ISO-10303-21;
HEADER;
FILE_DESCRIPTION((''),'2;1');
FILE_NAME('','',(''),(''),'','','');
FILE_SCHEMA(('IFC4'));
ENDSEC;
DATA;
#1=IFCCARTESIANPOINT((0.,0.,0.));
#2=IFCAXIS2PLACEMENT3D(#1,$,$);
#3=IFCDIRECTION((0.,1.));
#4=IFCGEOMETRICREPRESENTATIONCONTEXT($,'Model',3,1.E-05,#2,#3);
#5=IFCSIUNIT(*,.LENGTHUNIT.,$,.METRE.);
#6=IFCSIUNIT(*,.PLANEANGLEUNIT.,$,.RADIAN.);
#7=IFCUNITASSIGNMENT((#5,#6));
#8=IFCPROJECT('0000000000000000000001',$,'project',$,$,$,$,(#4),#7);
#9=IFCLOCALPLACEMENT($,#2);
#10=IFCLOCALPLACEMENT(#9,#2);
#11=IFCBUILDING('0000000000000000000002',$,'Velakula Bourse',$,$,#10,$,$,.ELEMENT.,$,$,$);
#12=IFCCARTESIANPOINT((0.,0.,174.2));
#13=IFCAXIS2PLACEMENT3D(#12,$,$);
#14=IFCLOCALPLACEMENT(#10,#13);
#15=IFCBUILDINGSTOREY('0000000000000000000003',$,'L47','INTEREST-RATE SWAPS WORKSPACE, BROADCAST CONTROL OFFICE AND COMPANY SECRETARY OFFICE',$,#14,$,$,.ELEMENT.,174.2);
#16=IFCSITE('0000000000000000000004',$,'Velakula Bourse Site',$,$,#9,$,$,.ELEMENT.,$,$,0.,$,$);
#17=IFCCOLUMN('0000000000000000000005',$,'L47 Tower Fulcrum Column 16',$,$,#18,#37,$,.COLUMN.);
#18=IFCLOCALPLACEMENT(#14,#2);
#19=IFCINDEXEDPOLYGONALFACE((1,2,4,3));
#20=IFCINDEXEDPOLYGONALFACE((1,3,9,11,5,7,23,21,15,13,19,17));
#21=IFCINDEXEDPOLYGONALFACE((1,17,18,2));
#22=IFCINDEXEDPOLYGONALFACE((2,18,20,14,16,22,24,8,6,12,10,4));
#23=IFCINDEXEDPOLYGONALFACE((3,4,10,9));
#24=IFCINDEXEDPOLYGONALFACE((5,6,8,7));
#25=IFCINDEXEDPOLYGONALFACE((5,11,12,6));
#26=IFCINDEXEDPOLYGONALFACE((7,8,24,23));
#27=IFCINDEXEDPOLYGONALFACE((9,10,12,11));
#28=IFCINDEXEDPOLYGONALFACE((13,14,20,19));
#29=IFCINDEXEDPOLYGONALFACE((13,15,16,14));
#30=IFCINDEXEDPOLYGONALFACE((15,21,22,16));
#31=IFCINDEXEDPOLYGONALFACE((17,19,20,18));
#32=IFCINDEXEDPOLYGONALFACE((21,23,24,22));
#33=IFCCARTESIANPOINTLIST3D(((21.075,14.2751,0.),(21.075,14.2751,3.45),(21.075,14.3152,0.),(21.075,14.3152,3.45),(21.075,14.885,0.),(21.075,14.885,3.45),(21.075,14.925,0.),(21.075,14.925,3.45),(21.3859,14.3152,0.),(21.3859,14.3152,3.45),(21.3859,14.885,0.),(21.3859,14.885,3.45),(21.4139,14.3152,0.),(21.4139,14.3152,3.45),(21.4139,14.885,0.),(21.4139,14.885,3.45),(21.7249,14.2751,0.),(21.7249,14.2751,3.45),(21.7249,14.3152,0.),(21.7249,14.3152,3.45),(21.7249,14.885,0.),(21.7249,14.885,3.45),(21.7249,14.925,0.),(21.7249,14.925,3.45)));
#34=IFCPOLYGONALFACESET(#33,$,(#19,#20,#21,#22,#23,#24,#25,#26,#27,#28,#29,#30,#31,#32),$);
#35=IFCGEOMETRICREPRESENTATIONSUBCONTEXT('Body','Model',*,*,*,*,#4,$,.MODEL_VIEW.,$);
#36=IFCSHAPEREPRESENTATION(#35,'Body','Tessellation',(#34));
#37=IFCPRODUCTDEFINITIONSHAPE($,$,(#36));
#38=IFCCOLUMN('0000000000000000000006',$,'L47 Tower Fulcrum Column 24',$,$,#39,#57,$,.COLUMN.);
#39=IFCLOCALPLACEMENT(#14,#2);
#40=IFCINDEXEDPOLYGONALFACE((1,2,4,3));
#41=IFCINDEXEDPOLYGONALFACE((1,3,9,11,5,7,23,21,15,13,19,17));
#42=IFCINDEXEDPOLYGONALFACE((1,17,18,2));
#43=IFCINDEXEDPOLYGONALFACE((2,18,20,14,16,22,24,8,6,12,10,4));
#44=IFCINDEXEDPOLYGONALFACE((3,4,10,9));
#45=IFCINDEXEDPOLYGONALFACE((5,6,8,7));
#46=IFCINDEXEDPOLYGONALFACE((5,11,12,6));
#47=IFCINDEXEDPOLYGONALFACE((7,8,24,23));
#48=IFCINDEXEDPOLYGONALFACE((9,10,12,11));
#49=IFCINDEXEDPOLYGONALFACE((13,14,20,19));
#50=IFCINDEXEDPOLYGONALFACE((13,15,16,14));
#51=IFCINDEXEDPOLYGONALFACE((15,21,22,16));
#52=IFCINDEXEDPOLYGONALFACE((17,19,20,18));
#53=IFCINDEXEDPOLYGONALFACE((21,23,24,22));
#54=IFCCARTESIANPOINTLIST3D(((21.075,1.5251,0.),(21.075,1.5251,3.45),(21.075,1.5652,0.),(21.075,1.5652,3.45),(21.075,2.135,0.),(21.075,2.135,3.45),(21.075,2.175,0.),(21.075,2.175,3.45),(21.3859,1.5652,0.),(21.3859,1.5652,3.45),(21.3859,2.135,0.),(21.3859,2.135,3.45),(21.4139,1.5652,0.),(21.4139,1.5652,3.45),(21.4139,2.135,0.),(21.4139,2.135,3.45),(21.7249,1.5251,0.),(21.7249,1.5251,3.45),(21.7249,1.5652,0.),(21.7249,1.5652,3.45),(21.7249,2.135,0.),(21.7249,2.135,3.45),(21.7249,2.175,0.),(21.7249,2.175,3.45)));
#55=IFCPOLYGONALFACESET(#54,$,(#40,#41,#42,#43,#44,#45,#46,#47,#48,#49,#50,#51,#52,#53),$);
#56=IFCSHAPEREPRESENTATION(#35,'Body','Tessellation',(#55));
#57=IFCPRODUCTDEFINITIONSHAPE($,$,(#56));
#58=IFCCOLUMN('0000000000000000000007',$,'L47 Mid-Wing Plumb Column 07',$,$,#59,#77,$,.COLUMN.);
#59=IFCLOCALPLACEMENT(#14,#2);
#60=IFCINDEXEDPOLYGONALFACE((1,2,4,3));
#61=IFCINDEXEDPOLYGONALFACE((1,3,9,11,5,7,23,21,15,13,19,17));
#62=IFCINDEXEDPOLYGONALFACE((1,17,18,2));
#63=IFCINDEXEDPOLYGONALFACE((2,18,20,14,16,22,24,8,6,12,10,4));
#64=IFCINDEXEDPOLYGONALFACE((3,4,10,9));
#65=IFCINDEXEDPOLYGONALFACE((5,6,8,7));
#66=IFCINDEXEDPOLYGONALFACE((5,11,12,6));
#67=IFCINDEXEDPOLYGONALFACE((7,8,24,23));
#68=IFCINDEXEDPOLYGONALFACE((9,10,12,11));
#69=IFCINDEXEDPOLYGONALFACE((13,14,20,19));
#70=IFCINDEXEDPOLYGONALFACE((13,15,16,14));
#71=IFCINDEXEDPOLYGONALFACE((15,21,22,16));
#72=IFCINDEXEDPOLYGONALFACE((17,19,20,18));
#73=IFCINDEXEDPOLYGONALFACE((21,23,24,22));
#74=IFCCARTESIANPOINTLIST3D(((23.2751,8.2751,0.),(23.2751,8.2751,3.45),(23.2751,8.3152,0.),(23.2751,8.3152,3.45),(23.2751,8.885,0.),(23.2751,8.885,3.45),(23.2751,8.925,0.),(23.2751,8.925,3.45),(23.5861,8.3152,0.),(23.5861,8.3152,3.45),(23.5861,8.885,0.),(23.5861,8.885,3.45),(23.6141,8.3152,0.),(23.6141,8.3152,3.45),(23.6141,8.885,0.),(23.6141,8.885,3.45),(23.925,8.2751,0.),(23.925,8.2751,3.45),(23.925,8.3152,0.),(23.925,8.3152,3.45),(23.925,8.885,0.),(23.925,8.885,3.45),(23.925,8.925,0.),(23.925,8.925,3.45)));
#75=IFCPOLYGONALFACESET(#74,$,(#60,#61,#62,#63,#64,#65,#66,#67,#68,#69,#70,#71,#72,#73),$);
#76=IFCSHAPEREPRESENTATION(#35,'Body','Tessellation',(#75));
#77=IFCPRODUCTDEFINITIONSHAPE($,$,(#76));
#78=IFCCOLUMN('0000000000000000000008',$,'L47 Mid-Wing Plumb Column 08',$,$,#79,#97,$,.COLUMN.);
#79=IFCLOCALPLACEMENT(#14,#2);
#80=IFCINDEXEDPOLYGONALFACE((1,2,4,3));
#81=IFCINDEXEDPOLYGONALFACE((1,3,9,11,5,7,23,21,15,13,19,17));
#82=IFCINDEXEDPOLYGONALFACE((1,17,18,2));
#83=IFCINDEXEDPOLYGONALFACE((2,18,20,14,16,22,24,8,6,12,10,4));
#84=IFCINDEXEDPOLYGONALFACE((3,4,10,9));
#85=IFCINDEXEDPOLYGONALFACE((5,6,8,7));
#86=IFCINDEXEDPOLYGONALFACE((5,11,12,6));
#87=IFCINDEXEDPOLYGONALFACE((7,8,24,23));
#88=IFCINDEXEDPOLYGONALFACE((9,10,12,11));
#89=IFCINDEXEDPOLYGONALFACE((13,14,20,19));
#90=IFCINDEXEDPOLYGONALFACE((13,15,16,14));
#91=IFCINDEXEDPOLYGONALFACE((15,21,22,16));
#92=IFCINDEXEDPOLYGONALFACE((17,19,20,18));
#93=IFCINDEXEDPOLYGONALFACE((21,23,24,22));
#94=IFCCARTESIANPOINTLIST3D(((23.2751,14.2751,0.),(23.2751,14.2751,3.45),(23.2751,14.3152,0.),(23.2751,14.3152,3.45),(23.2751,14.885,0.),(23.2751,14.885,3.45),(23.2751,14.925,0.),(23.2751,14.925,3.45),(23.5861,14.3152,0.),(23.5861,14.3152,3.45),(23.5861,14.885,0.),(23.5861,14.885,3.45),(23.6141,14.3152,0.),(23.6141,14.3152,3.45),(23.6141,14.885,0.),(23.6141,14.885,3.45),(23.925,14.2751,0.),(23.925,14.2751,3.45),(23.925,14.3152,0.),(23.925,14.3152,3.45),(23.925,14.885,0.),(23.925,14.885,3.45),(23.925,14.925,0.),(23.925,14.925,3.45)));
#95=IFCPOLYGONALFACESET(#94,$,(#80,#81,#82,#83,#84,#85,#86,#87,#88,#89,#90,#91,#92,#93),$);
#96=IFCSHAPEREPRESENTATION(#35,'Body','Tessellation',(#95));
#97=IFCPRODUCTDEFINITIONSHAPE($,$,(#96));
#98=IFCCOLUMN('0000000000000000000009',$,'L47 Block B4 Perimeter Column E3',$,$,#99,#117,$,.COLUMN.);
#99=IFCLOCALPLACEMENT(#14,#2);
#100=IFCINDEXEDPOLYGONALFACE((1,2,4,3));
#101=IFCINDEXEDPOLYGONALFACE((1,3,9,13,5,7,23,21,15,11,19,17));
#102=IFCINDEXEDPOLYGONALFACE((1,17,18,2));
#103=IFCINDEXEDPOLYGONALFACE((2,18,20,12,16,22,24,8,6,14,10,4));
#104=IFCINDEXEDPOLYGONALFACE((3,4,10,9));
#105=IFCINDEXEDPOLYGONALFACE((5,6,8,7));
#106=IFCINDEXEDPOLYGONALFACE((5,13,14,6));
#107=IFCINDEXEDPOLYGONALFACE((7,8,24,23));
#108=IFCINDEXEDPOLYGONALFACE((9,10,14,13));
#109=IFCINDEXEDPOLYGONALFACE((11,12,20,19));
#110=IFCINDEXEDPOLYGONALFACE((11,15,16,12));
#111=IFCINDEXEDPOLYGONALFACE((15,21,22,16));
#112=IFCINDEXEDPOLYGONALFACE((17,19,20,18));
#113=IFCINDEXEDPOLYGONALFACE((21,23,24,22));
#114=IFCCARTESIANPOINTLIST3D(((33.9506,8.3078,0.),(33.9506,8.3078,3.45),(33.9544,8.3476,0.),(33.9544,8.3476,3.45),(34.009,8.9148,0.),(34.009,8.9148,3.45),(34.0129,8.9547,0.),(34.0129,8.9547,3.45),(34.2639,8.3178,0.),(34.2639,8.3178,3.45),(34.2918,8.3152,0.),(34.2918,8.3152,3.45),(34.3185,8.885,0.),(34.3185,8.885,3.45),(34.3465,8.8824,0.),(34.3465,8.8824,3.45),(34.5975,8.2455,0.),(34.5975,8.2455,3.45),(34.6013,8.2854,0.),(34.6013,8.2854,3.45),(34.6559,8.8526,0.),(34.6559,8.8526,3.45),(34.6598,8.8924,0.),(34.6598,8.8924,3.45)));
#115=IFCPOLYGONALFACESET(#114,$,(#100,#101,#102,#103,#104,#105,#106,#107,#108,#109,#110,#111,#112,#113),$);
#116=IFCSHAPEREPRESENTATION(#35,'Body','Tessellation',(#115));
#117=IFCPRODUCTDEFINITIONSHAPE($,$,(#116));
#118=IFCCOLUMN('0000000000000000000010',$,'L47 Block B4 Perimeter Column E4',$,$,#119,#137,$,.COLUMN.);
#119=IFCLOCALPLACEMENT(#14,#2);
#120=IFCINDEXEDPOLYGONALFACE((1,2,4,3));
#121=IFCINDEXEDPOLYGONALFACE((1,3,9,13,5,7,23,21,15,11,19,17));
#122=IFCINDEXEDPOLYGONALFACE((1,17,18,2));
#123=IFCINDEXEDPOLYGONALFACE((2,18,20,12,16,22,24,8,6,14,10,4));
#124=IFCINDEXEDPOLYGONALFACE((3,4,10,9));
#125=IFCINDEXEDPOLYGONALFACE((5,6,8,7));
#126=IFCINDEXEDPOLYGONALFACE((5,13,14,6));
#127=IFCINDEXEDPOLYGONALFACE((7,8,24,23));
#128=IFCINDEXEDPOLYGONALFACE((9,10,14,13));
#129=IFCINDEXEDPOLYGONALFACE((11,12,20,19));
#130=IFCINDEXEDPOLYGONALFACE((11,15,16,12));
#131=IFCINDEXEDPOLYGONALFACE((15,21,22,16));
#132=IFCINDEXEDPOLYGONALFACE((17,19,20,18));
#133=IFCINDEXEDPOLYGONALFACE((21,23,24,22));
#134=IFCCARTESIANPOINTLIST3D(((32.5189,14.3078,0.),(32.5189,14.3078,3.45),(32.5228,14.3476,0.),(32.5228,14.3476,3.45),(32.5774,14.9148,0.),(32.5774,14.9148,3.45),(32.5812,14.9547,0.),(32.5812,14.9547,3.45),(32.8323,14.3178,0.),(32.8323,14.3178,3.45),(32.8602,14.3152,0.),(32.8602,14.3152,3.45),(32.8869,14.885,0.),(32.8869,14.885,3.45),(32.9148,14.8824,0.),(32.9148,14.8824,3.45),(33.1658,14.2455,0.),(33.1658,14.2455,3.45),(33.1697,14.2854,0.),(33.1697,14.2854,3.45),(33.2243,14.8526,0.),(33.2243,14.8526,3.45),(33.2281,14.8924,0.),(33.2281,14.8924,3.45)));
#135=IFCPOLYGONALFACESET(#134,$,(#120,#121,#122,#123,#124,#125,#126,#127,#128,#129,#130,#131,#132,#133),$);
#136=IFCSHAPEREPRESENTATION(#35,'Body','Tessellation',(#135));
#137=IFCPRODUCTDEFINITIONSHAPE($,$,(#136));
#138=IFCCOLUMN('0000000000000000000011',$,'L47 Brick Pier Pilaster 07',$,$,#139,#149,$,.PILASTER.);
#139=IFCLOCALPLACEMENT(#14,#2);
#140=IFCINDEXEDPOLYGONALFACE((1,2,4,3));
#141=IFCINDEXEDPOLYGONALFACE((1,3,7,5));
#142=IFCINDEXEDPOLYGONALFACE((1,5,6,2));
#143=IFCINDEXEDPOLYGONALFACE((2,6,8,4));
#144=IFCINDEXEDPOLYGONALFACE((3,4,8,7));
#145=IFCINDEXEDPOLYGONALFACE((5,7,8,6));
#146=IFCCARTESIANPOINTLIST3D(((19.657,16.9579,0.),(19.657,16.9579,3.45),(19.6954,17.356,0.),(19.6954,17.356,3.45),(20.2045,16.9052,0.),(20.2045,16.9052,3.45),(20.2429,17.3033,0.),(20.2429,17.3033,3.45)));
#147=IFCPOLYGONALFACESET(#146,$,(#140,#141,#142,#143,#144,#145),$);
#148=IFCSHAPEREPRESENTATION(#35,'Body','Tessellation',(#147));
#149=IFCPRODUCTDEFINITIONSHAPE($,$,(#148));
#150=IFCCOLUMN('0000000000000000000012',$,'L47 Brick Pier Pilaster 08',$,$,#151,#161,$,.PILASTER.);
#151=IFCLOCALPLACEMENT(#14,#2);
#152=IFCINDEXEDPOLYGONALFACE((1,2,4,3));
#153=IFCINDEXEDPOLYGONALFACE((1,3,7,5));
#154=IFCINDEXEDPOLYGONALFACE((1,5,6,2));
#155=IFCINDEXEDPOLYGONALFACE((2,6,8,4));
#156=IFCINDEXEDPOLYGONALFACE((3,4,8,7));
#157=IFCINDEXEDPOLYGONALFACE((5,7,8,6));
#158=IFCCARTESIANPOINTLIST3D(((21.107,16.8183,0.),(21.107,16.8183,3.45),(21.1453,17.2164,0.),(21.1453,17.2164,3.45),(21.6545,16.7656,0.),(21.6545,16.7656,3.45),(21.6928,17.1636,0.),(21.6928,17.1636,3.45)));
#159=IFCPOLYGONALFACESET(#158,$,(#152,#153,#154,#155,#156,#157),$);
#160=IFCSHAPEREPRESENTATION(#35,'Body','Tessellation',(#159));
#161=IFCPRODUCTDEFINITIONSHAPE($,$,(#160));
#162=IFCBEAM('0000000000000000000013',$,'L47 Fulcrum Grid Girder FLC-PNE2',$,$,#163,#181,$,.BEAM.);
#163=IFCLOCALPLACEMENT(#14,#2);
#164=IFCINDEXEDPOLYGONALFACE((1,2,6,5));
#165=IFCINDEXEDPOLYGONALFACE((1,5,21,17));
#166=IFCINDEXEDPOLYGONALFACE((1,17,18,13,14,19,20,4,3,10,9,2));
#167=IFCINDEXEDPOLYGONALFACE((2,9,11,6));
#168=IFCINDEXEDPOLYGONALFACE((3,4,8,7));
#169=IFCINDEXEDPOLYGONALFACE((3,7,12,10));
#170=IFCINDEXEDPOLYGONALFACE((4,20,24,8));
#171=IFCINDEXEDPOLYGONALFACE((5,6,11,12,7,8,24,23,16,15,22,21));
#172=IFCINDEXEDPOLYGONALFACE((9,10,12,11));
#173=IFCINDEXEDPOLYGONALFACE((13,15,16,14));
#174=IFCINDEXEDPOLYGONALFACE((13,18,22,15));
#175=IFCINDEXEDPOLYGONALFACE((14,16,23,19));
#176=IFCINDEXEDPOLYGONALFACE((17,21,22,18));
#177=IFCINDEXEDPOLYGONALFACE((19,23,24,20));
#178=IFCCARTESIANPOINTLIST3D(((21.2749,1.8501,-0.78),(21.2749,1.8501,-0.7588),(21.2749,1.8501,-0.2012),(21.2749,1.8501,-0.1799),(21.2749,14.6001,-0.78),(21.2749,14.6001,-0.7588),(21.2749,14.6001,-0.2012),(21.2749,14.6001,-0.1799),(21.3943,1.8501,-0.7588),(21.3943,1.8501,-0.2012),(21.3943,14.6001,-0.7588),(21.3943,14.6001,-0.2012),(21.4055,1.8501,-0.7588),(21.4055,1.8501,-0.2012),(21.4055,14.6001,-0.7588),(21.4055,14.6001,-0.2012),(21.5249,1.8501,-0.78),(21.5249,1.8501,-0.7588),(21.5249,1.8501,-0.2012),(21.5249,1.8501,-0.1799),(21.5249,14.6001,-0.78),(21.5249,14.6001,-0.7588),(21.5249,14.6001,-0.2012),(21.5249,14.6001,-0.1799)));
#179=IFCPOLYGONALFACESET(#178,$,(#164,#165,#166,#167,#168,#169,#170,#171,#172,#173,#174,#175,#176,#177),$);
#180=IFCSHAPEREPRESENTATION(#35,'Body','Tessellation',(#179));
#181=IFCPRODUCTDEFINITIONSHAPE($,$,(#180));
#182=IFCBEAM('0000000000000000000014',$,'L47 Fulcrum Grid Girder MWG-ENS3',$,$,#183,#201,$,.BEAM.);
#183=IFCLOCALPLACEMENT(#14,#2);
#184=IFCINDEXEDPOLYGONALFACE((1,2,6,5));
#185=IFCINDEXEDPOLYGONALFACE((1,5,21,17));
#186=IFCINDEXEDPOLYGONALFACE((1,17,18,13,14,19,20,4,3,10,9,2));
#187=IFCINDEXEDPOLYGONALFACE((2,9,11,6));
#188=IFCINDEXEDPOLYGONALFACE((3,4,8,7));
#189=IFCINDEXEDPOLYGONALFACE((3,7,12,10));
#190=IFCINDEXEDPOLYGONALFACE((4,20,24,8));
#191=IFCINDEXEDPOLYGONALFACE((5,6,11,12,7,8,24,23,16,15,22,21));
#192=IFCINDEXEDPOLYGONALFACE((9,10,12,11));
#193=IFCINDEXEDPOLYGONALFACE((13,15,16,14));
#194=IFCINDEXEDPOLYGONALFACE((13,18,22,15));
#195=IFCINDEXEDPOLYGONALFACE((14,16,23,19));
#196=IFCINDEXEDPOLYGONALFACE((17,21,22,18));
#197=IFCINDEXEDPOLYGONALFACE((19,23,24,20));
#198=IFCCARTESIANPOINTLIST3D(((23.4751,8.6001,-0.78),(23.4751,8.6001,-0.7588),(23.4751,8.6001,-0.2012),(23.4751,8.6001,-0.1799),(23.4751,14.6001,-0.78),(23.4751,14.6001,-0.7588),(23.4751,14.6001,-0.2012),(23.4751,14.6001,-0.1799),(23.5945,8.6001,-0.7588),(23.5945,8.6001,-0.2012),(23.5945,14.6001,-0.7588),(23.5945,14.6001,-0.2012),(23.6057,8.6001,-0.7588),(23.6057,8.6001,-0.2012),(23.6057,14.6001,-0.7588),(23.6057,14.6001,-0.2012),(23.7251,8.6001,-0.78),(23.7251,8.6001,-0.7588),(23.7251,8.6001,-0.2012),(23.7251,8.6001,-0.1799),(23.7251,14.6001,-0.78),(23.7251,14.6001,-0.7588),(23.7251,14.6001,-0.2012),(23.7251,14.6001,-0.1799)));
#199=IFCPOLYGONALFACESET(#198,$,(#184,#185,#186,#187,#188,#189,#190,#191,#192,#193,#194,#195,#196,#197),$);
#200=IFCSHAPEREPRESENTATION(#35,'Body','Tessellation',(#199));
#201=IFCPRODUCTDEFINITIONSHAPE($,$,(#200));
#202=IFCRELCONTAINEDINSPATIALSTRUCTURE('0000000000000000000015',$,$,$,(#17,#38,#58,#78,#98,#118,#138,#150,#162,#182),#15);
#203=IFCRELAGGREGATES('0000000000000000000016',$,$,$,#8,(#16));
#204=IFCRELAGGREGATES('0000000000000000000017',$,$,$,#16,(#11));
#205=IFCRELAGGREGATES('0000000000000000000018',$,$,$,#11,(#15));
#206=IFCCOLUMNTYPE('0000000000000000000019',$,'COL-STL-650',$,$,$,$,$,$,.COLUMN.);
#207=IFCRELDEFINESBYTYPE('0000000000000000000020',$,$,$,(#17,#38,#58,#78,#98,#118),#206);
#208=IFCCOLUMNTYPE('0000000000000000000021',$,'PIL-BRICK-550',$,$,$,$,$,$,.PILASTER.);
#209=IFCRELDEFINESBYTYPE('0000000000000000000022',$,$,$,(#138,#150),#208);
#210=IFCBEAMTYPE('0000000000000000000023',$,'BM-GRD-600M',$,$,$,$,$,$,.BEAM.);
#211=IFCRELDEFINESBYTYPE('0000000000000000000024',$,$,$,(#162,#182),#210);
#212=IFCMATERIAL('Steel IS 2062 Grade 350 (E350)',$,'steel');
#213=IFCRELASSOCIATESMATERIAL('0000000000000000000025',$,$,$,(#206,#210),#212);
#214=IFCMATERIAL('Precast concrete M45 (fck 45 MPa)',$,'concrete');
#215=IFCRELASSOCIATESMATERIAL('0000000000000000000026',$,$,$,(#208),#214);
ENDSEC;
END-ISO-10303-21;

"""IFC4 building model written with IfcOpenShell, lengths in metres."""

from ifc_helpers import new_model, si_unit, direction, frame, origin, origin_2d, place, context, subcontext, project, spatial, rectangle, i_section, extrude, material, material_profile, profile_set, type_object, element, save


model = new_model("IFC4")

# Units and contexts
model_context = context("Model", 3, precision=1e-05, world=origin(), true_north=direction((0.0, 1.0)))
body_context = subcontext(model_context, "Body", "Model", "MODEL_VIEW")
ifc_project = project(units=[si_unit("LENGTHUNIT", "METRE"), si_unit("PLANEANGLEUNIT", "RADIAN")], contexts=[model_context])

# Site, building, storey
site_placement = place(None, origin())
site = spatial("IfcSite", under=ifc_project, at=site_placement, Name="Velakula Bourse Site", CompositionType="ELEMENT", RefElevation=0.0)
building_placement = place(site_placement, origin())
building = spatial("IfcBuilding", under=site, at=building_placement, Name="Velakula Bourse", CompositionType="ELEMENT")
storey_placement = place(building_placement, frame((0.0, 0.0, 174.2)))
storey = spatial("IfcBuildingStorey", under=building, at=storey_placement, Name="L47", Description="INTEREST-RATE SWAPS WORKSPACE, BROADCAST CONTROL OFFICE AND COMPANY SECRETARY OFFICE", CompositionType="ELEMENT", Elevation=174.2)

# Columns
ifc_material_1 = material(Name="Steel IS 2062 Grade 350 (E350)", Category="steel")
ifc_material_profile_1 = material_profile(ifc_material_1, i_section(OverallWidth=0.6499, OverallDepth=0.6499, WebThickness=0.0281, FlangeThickness=0.04, at=origin_2d()), Name="Steel IS 2062 Grade 350 (E350)")
ifc_profile_set_1 = profile_set([ifc_material_profile_1], Name="Steel IS 2062 Grade 350 (E350)")
column_type_1 = type_object("IfcColumnType", Name="COL-STL-650", PredefinedType="COLUMN", material=ifc_profile_set_1)
for number, where, z_axis, x_axis, name in (
    (1, (21.3999, 14.6001, 0.0), (0.0, 0.0, 1.0), (1.0, 0.0, 0.0), "L47 Tower Fulcrum Column 16"),
    (2, (21.3999, 1.8501, 0.0), (0.0, 0.0, 1.0), (1.0, 0.0, 0.0), "L47 Tower Fulcrum Column 24"),
    (3, (23.6001, 8.6001, 0.0), (0.0, 0.0, 1.0), (1.0, 0.0, 0.0), "L47 Mid-Wing Plumb Column 07"),
    (4, (23.6001, 14.6001, 0.0), (0.0, 0.0, 1.0), (1.0, 0.0, 0.0), "L47 Mid-Wing Plumb Column 08"),
    (5, (34.3052, 8.6001, 0.0), (0.0, 0.0, 1.0), (0.995396, -0.095846, 0.0), "L47 Block B4 Perimeter Column E3"),
    (6, (32.8735, 14.6001, 0.0), (0.0, 0.0, 1.0), (0.995396, -0.095846, 0.0), "L47 Block B4 Perimeter Column E4"),
):
    element("IfcColumn", number, at=place(storey_placement, frame(where, z_axis=z_axis, x_axis=x_axis)), inside=storey, type_object=column_type_1, Name=name, PredefinedType="COLUMN", context=body_context, shape_type="SweptSolid", body=[
        extrude(i_section(OverallWidth=0.6499, OverallDepth=0.6499, WebThickness=0.0281, FlangeThickness=0.04, at=origin_2d()), origin(), (0.0, 0.0, 1.0), 3.45),
    ])
ifc_material_2 = material(Name="Precast concrete M45 (fck 45 MPa)", Category="concrete")
ifc_material_profile_2 = material_profile(ifc_material_2, rectangle(XDim=0.55, YDim=0.3999, at=origin_2d()), Name="Precast concrete M45 (fck 45 MPa)")
ifc_profile_set_2 = profile_set([ifc_material_profile_2], Name="Precast concrete M45 (fck 45 MPa)")
column_type_2 = type_object("IfcColumnType", Name="PIL-BRICK-550", PredefinedType="PILASTER", material=ifc_profile_set_2)
for number, where, z_axis, x_axis, name in (
    (7, (19.95, 17.1306, 0.0), (0.0, 0.0, 1.0), (0.995396, -0.095846, 0.0), "L47 Brick Pier Pilaster 07"),
    (8, (21.3999, 16.991, 0.0), (0.0, 0.0, 1.0), (0.995396, -0.095846, 0.0), "L47 Brick Pier Pilaster 08"),
):
    element("IfcColumn", number, at=place(storey_placement, frame(where, z_axis=z_axis, x_axis=x_axis)), inside=storey, type_object=column_type_2, Name=name, PredefinedType="PILASTER", context=body_context, shape_type="SweptSolid", body=[
        extrude(rectangle(XDim=0.55, YDim=0.3999, at=origin_2d()), origin(), (0.0, 0.0, 1.0), 3.45),
    ])

# Beams
ifc_material_profile_3 = material_profile(ifc_material_1, i_section(OverallWidth=0.25, OverallDepth=0.6001, WebThickness=0.0112, FlangeThickness=0.0212, at=origin_2d()), Name="Steel IS 2062 Grade 350 (E350)")
ifc_profile_set_3 = profile_set([ifc_material_profile_3], Name="Steel IS 2062 Grade 350 (E350)")
beam_type_1 = type_object("IfcBeamType", Name="BM-GRD-600M", PredefinedType="BEAM", material=ifc_profile_set_3)
beam_1_placement = place(storey_placement, frame((21.3999, 1.8501, -0.48), z_axis=(0.0, 1.0, 0.0), x_axis=(-1.0, 0.0, 0.0)))
element("IfcBeam", 9, at=beam_1_placement, inside=storey, type_object=beam_type_1, Name="L47 Fulcrum Grid Girder FLC-PNE2", PredefinedType="BEAM", context=body_context, shape_type="SweptSolid", body=[
    extrude(i_section(OverallWidth=0.25, OverallDepth=0.6001, WebThickness=0.0112, FlangeThickness=0.0212, at=origin_2d()), origin(), (0.0, 0.0, 1.0), 12.75),
])
beam_2_placement = place(storey_placement, frame((23.6001, 8.6001, -0.48), z_axis=(0.0, 1.0, 0.0), x_axis=(-1.0, 0.0, 0.0)))
element("IfcBeam", 10, at=beam_2_placement, inside=storey, type_object=beam_type_1, Name="L47 Fulcrum Grid Girder MWG-ENS3", PredefinedType="BEAM", context=body_context, shape_type="SweptSolid", body=[
    extrude(i_section(OverallWidth=0.25, OverallDepth=0.6001, WebThickness=0.0112, FlangeThickness=0.0212, at=origin_2d()), origin(), (0.0, 0.0, 1.0), 6.0),
])

save(model, "model.ifc")
